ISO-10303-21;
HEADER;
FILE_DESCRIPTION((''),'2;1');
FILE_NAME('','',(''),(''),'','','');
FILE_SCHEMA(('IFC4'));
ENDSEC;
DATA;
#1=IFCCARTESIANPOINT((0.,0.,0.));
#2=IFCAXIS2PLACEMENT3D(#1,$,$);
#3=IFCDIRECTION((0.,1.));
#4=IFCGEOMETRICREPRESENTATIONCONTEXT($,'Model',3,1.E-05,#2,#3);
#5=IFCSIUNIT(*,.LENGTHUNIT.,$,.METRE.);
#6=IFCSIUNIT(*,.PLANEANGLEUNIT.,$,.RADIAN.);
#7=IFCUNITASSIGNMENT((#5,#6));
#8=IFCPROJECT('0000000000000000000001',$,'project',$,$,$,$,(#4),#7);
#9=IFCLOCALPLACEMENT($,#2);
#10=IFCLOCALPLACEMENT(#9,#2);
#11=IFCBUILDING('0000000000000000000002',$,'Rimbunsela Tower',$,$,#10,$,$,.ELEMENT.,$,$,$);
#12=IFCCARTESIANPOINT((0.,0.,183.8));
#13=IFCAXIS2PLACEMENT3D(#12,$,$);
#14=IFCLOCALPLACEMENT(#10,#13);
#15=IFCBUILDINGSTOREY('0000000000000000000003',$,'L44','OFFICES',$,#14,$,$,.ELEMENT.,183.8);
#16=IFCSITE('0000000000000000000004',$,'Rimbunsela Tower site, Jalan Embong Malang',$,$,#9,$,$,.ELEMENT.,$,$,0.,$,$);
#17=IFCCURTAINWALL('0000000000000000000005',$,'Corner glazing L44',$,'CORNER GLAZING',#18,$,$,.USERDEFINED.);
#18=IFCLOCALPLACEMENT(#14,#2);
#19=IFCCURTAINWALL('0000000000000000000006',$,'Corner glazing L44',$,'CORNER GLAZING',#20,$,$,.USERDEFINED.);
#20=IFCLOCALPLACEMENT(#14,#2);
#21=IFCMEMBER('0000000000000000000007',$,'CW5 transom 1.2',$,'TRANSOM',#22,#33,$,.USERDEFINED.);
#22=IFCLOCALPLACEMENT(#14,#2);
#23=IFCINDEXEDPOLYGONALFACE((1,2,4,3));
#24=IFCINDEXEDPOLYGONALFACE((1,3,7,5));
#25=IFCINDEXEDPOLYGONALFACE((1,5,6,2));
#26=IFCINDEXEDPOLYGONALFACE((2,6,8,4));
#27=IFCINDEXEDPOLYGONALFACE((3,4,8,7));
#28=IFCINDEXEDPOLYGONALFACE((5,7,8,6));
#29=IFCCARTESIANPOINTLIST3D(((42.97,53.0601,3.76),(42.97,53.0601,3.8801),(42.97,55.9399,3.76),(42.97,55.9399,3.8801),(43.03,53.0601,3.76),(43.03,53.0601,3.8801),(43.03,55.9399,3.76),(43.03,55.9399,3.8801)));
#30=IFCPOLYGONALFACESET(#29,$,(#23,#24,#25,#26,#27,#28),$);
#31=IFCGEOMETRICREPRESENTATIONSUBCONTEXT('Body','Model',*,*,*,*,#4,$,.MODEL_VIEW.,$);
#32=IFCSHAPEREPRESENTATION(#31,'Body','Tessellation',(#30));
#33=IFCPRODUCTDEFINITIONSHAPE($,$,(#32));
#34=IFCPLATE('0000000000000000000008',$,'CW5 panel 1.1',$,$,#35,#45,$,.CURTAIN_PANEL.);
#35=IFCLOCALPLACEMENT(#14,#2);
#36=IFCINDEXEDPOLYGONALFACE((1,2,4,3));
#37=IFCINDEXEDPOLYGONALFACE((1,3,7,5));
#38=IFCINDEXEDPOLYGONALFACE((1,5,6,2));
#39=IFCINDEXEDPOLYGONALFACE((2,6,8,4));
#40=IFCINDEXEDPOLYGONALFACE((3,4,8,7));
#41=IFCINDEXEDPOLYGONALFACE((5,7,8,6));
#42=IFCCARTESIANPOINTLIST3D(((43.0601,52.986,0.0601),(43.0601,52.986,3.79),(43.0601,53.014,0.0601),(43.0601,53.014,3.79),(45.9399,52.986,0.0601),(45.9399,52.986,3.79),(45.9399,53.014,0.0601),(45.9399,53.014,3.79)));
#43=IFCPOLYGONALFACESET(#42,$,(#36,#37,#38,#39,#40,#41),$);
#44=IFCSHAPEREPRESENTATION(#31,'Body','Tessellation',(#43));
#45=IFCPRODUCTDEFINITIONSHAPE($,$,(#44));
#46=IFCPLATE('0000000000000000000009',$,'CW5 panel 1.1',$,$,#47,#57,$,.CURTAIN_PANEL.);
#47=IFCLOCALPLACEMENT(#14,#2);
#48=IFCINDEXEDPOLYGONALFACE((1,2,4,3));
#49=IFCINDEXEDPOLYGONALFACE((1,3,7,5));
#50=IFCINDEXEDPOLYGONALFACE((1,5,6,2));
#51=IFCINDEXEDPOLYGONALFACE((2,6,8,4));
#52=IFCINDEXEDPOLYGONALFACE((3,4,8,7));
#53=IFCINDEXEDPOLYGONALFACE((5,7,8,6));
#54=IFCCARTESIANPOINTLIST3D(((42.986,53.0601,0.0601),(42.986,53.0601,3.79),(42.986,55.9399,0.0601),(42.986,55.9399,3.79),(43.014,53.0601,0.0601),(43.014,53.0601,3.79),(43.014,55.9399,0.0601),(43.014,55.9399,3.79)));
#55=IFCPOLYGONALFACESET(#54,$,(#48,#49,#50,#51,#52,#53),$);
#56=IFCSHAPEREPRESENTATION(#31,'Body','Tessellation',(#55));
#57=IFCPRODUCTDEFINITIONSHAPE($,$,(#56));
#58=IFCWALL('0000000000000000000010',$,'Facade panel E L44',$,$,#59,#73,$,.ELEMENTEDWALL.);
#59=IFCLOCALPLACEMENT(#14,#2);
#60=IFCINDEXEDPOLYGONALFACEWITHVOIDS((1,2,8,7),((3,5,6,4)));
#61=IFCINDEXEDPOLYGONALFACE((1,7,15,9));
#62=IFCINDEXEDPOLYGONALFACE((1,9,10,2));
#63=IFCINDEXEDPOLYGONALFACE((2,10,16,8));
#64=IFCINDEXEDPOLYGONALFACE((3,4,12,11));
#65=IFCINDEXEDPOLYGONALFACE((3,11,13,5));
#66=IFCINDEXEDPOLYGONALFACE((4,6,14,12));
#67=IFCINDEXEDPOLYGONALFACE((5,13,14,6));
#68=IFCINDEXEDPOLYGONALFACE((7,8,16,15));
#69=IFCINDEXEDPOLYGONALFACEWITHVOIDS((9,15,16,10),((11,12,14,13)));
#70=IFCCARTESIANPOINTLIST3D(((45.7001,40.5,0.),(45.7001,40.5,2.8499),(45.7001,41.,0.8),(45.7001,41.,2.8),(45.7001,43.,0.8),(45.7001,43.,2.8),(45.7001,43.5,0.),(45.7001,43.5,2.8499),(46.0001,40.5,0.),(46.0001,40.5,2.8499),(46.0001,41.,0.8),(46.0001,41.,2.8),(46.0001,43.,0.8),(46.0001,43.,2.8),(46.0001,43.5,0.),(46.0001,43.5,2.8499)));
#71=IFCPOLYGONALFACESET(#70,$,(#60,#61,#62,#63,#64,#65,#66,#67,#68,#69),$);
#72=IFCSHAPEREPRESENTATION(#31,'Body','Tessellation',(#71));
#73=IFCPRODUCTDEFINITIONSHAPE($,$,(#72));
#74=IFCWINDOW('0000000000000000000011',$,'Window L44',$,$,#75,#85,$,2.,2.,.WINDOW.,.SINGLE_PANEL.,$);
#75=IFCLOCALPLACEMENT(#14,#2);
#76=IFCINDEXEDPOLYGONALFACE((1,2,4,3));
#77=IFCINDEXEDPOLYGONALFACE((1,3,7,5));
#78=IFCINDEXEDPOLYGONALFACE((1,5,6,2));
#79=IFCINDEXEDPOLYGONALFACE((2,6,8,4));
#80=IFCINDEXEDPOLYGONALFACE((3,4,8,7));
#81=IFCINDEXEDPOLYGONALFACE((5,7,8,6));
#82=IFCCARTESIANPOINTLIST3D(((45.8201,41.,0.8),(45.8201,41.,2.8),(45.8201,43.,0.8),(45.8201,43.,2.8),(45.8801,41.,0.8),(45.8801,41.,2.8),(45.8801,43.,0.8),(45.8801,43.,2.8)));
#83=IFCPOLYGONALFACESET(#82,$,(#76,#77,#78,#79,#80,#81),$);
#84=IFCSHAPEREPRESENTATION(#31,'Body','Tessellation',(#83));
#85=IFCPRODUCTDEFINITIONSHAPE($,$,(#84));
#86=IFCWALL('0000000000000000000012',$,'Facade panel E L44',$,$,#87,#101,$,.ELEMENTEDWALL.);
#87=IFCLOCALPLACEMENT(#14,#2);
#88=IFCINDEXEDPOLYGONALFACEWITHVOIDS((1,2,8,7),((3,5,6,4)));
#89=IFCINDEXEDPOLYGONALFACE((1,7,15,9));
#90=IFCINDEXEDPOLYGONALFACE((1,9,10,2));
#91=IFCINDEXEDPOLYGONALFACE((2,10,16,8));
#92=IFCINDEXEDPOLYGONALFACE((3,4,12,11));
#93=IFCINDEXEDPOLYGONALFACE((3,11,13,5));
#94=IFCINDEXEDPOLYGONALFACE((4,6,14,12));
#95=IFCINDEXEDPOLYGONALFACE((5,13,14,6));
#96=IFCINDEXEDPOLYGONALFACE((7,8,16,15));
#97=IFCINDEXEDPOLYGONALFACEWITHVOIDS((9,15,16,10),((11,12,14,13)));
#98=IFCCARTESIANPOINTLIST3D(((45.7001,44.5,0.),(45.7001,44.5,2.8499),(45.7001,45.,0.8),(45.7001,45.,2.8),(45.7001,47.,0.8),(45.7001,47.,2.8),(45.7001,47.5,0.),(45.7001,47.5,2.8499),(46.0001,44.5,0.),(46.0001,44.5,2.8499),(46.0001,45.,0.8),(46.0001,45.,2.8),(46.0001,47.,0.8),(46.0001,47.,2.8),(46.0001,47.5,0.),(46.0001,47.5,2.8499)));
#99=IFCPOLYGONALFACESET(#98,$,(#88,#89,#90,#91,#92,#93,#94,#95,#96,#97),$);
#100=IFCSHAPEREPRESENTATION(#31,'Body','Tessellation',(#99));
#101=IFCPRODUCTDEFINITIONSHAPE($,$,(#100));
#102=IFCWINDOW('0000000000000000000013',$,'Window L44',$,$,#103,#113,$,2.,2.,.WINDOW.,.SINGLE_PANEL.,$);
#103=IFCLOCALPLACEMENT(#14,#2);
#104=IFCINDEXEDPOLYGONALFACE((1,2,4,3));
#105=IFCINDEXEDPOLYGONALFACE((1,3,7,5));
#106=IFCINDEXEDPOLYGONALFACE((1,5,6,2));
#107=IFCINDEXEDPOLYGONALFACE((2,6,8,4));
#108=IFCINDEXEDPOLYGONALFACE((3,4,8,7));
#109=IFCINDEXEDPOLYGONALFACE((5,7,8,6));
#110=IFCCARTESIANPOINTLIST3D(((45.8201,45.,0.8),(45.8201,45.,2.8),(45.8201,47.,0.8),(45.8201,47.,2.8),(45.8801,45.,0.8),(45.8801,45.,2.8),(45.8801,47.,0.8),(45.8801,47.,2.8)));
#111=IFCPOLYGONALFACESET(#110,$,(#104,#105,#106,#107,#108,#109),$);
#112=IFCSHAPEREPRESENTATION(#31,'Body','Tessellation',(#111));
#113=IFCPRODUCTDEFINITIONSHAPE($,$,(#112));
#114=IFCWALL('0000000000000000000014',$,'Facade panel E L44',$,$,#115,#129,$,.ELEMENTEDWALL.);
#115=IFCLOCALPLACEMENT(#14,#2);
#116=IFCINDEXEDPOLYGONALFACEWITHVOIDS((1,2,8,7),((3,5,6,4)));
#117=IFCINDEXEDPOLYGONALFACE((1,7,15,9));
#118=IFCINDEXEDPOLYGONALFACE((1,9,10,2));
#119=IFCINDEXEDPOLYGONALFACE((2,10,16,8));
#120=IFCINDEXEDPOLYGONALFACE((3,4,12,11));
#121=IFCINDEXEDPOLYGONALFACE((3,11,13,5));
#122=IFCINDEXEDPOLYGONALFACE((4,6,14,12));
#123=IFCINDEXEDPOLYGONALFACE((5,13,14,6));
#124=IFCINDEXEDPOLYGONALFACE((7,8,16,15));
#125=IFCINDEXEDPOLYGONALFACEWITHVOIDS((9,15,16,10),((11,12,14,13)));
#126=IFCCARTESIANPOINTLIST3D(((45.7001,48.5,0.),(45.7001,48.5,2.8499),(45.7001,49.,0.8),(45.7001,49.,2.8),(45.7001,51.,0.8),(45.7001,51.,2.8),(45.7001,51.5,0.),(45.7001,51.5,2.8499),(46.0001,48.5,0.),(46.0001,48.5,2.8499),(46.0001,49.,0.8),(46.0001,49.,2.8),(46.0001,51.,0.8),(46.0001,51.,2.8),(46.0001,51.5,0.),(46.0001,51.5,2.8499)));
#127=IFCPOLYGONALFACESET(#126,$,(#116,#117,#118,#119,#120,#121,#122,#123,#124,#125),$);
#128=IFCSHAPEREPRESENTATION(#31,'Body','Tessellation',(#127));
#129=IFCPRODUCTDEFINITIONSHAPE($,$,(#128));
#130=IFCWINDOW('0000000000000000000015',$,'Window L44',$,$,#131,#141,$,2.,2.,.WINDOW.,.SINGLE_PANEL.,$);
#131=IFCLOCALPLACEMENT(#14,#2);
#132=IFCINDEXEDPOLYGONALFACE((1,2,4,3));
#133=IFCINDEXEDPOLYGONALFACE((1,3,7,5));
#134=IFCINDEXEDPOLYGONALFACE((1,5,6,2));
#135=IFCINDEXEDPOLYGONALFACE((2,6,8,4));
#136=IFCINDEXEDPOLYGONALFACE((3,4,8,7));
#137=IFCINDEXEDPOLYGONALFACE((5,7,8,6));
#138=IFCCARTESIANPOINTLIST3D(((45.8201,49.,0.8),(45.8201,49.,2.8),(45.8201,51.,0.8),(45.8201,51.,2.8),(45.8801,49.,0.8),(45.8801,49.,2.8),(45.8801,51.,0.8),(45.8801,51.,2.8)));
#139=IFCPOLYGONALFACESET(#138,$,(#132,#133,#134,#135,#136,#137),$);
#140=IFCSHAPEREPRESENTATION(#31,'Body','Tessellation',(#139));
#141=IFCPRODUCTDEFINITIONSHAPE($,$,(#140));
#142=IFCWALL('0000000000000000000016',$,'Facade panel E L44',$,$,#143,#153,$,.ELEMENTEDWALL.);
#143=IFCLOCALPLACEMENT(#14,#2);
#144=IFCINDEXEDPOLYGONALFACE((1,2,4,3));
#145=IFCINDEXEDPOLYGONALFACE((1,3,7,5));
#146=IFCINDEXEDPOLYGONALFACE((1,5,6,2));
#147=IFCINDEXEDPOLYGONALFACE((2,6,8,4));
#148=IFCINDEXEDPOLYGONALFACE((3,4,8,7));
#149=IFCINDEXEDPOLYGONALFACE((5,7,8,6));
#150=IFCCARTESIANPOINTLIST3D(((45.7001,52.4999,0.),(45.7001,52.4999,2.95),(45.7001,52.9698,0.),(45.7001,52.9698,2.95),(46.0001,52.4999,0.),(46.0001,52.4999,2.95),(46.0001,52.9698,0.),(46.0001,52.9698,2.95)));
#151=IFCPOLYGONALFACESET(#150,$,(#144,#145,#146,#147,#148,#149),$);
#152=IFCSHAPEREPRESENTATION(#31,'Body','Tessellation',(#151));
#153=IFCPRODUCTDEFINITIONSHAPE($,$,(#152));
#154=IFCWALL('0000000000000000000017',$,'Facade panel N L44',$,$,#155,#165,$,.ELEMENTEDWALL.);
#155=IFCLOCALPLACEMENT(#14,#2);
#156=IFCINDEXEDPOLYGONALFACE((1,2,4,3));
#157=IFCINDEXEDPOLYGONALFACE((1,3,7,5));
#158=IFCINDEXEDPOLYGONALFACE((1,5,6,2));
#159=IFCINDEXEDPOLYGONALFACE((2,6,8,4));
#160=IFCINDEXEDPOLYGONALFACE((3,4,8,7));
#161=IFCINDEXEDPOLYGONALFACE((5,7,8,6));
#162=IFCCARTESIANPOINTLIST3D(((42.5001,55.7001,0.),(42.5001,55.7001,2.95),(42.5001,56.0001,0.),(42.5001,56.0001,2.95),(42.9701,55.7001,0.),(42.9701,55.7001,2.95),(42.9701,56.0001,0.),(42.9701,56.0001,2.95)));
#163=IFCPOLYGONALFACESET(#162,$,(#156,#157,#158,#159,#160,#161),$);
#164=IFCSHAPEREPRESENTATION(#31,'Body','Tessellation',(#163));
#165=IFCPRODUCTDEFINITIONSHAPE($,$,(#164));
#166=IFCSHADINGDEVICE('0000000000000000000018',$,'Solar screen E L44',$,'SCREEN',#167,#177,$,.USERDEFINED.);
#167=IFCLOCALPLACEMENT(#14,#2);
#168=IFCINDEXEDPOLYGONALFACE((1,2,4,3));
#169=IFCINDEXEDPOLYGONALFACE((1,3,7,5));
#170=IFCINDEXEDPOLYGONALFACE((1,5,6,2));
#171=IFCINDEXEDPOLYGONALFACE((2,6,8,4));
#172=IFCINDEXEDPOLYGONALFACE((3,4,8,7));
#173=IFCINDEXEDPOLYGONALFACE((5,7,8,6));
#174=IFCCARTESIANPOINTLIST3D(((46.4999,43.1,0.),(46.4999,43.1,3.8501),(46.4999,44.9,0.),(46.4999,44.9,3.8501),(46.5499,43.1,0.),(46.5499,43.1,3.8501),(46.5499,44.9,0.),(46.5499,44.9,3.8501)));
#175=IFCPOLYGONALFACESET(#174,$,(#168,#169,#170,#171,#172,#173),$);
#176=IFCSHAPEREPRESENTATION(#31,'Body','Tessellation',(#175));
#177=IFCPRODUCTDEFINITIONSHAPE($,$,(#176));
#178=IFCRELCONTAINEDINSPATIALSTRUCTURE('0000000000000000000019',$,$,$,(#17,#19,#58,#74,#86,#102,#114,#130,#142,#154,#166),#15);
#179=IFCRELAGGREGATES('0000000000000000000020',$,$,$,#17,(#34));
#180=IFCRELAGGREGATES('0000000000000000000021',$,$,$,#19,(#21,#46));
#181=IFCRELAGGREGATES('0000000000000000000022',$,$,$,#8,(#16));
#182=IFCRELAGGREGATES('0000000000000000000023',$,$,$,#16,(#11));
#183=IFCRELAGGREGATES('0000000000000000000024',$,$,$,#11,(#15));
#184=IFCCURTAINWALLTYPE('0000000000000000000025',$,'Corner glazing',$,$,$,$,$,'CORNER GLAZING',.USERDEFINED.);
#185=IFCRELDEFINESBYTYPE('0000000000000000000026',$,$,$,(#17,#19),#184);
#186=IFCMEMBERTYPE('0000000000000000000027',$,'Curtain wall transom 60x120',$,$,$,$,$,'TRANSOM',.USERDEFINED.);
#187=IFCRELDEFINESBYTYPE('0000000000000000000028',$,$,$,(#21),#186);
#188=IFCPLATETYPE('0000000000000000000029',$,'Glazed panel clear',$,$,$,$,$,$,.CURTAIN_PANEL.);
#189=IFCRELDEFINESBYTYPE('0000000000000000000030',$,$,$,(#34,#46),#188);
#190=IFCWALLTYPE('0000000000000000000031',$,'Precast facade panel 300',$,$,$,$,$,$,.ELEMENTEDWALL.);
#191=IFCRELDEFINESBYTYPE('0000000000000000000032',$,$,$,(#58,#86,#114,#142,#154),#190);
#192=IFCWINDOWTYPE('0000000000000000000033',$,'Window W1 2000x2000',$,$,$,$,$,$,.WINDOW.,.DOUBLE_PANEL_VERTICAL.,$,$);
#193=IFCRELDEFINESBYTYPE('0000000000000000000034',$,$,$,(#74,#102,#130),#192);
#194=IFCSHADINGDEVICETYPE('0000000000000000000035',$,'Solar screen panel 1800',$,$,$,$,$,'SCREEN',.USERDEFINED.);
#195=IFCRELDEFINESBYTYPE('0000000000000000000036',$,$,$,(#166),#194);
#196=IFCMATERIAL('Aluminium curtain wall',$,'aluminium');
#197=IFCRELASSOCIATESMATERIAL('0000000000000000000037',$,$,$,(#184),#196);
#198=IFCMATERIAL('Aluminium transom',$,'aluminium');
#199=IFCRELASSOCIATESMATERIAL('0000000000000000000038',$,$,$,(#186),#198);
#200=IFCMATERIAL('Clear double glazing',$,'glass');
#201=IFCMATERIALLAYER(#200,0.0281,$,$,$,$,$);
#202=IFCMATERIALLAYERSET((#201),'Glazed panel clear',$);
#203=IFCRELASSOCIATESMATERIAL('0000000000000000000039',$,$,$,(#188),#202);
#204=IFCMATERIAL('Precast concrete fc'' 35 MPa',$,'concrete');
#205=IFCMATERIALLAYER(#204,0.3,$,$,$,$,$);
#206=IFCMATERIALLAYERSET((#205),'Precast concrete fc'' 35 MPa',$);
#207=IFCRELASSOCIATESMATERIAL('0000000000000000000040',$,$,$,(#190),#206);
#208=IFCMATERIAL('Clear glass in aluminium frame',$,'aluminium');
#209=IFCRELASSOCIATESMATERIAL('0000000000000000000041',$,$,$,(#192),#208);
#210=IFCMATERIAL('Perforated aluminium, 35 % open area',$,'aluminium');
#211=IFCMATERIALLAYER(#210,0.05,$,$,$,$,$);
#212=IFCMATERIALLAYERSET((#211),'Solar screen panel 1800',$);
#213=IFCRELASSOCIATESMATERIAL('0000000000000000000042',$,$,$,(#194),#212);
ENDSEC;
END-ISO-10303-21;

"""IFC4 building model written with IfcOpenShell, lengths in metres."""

from ifc_helpers import new_model, si_unit, direction, frame, frame_2d, origin, origin_2d, place, context, subcontext, project, spatial, rectangle, extrude, material, layer, layer_set, material_profile, profile_set, type_object, element, fill, aggregate, save


model = new_model("IFC4")

# Units and contexts
model_context = context("Model", 3, precision=1e-05, world=origin(), true_north=direction((0.0, 1.0)))
body_context = subcontext(model_context, "Body", "Model", "MODEL_VIEW")
ifc_project = project(units=[si_unit("LENGTHUNIT", "METRE"), si_unit("PLANEANGLEUNIT", "RADIAN")], contexts=[model_context])

# Site, building, storey
site_placement = place(None, origin())
site = spatial("IfcSite", under=ifc_project, at=site_placement, Name="Rimbunsela Tower site, Jalan Embong Malang", CompositionType="ELEMENT", RefElevation=0.0)
building_placement = place(site_placement, origin())
building = spatial("IfcBuilding", under=site, at=building_placement, Name="Rimbunsela Tower", CompositionType="ELEMENT")
storey_placement = place(building_placement, frame((0.0, 0.0, 183.8)))
storey = spatial("IfcBuildingStorey", under=building, at=storey_placement, Name="L44", Description="OFFICES", CompositionType="ELEMENT", Elevation=183.8)

# Curtain walls
ifc_material_1 = material(Name="Aluminium curtain wall", Category="aluminium")
curtain_wall_type = type_object("IfcCurtainWallType", Name="Corner glazing", ElementType="CORNER GLAZING", PredefinedType="USERDEFINED", material=ifc_material_1)
curtain_wall_1_placement = place(storey_placement, origin())
curtain_wall_1 = element("IfcCurtainWall", 1, at=curtain_wall_1_placement, inside=storey, type_object=curtain_wall_type, Name="Corner glazing L44", ObjectType="CORNER GLAZING", PredefinedType="USERDEFINED")
curtain_wall_2_placement = place(storey_placement, origin())
curtain_wall_2 = element("IfcCurtainWall", 2, at=curtain_wall_2_placement, inside=storey, type_object=curtain_wall_type, Name="Corner glazing L44", ObjectType="CORNER GLAZING", PredefinedType="USERDEFINED")

# Member
ifc_material_2 = material(Name="Aluminium transom", Category="aluminium")
ifc_material_profile_1 = material_profile(ifc_material_2, rectangle(XDim=0.0601, YDim=0.1201, at=origin_2d()), Name="Transom 60x120")
ifc_profile_set_1 = profile_set([ifc_material_profile_1], Name="Aluminium transom")
member_type_1 = type_object("IfcMemberType", Name="Curtain wall transom 60x120", ElementType="TRANSOM", PredefinedType="USERDEFINED", material=ifc_profile_set_1)
member_1_placement = place(storey_placement, frame((43.0, 53.0601, 3.8201), z_axis=(0.0, 1.0, 0.0), x_axis=(-1.0, 0.0, 0.0)))
member_1 = element("IfcMember", 3, at=member_1_placement, type_object=member_type_1, Name="CW5 transom 1.2", ObjectType="TRANSOM", PredefinedType="USERDEFINED", context=body_context, shape_type="SweptSolid", body=[
    extrude(rectangle(XDim=0.0601, YDim=0.1201, at=origin_2d()), origin(), (0.0, 0.0, 1.0), 2.8799),
])

# Plates
ifc_material_3 = material(Name="Clear double glazing", Category="glass")
ifc_layer_1 = layer(ifc_material_3, 0.0281)
ifc_layer_set_1 = layer_set([ifc_layer_1], Name="Glazed panel clear")
plate_type = type_object("IfcPlateType", Name="Glazed panel clear", PredefinedType="CURTAIN_PANEL", material=ifc_layer_set_1)
plate_1_placement = place(storey_placement, frame((44.5, 53.0, 0.0601), z_axis=(0.0, 0.0, 1.0), x_axis=(-1.0, 0.0, 0.0)))
plate_1 = element("IfcPlate", 4, at=plate_1_placement, type_object=plate_type, Name="CW5 panel 1.1", PredefinedType="CURTAIN_PANEL", context=body_context, shape_type="SweptSolid", body=[
    extrude(rectangle(XDim=2.8799, YDim=0.0281, at=origin_2d()), origin(), (0.0, 0.0, 1.0), 3.73),
])
aggregate(curtain_wall_1, [plate_1])
plate_2_placement = place(storey_placement, frame((43.0, 54.5, 0.0601), z_axis=(0.0, 0.0, 1.0), x_axis=(0.0, 1.0, 0.0)))
plate_2 = element("IfcPlate", 5, at=plate_2_placement, type_object=plate_type, Name="CW5 panel 1.1", PredefinedType="CURTAIN_PANEL", context=body_context, shape_type="SweptSolid", body=[
    extrude(rectangle(XDim=2.8799, YDim=0.0281, at=origin_2d()), origin(), (0.0, 0.0, 1.0), 3.73),
])
aggregate(curtain_wall_2, [member_1, plate_2])

# Walls, openings, windows
ifc_material_4 = material(Name="Precast concrete fc' 35 MPa", Category="concrete")
ifc_layer_2 = layer(ifc_material_4, 0.3)
ifc_layer_set_2 = layer_set([ifc_layer_2], Name="Precast concrete fc' 35 MPa")
wall_type = type_object("IfcWallType", Name="Precast facade panel 300", PredefinedType="ELEMENTEDWALL", material=ifc_layer_set_2)
wall_1_placement = place(storey_placement, frame((45.8501, 40.5, 0.0), z_axis=(0.0, 0.0, 1.0), x_axis=(0.0, 1.0, 0.0)))
wall_1 = element("IfcWall", 6, at=wall_1_placement, inside=storey, type_object=wall_type, Name="Facade panel E L44", PredefinedType="ELEMENTEDWALL", context=body_context, shape_type="SweptSolid", body=[
    extrude(rectangle(XDim=3.0, YDim=0.3, at=frame_2d((1.5, 0.0))), origin(), (0.0, 0.0, 1.0), 2.8499),
])
opening_1_placement = place(wall_1_placement, frame((0.5, 0.0, 0.8)))
opening_1 = element("IfcOpeningElement", 7, at=opening_1_placement, cuts=wall_1, PredefinedType="OPENING", context=body_context, shape_type="SweptSolid", body=[
    extrude(rectangle(XDim=2.0, YDim=2.0, at=frame_2d((1.0, 1.0))), frame((0.0, 0.1599, 0.0), z_axis=(0.0, -1.0, 0.0), x_axis=(1.0, 0.0, 0.0)), (0.0, 0.0, 1.0), 0.3201),
])
ifc_material_5 = material(Name="Clear glass in aluminium frame", Category="aluminium")
window_type = type_object("IfcWindowType", Name="Window W1 2000x2000", PartitioningType="DOUBLE_PANEL_VERTICAL", PredefinedType="WINDOW", material=ifc_material_5)
window_1_placement = place(opening_1_placement, origin())
window_1 = element("IfcWindow", 8, at=window_1_placement, inside=storey, type_object=window_type, Name="Window L44", OverallHeight=2.0, OverallWidth=2.0, PartitioningType="SINGLE_PANEL", PredefinedType="WINDOW", context=body_context, shape_type="SweptSolid", body=[
    extrude(rectangle(XDim=2.0, YDim=2.0, at=frame_2d((1.0, 1.0))), frame((0.0, 0.03, 0.0), z_axis=(0.0, -1.0, 0.0), x_axis=(1.0, 0.0, 0.0)), (0.0, 0.0, 1.0), 0.0601),
])
fill(opening_1, window_1)
wall_2_placement = place(storey_placement, frame((45.8501, 44.5, 0.0), z_axis=(0.0, 0.0, 1.0), x_axis=(0.0, 1.0, 0.0)))
wall_2 = element("IfcWall", 9, at=wall_2_placement, inside=storey, type_object=wall_type, Name="Facade panel E L44", PredefinedType="ELEMENTEDWALL", context=body_context, shape_type="SweptSolid", body=[
    extrude(rectangle(XDim=3.0, YDim=0.3, at=frame_2d((1.5, 0.0))), origin(), (0.0, 0.0, 1.0), 2.8499),
])
opening_2_placement = place(wall_2_placement, frame((0.5, 0.0, 0.8)))
opening_2 = element("IfcOpeningElement", 10, at=opening_2_placement, cuts=wall_2, PredefinedType="OPENING", context=body_context, shape_type="SweptSolid", body=[
    extrude(rectangle(XDim=2.0, YDim=2.0, at=frame_2d((1.0, 1.0))), frame((0.0, 0.1599, 0.0), z_axis=(0.0, -1.0, 0.0), x_axis=(1.0, 0.0, 0.0)), (0.0, 0.0, 1.0), 0.3201),
])
window_2_placement = place(opening_2_placement, origin())
window_2 = element("IfcWindow", 11, at=window_2_placement, inside=storey, type_object=window_type, Name="Window L44", OverallHeight=2.0, OverallWidth=2.0, PartitioningType="SINGLE_PANEL", PredefinedType="WINDOW", context=body_context, shape_type="SweptSolid", body=[
    extrude(rectangle(XDim=2.0, YDim=2.0, at=frame_2d((1.0, 1.0))), frame((0.0, 0.03, 0.0), z_axis=(0.0, -1.0, 0.0), x_axis=(1.0, 0.0, 0.0)), (0.0, 0.0, 1.0), 0.0601),
])
fill(opening_2, window_2)
wall_3_placement = place(storey_placement, frame((45.8501, 48.5, 0.0), z_axis=(0.0, 0.0, 1.0), x_axis=(0.0, 1.0, 0.0)))
wall_3 = element("IfcWall", 12, at=wall_3_placement, inside=storey, type_object=wall_type, Name="Facade panel E L44", PredefinedType="ELEMENTEDWALL", context=body_context, shape_type="SweptSolid", body=[
    extrude(rectangle(XDim=3.0, YDim=0.3, at=frame_2d((1.5, 0.0))), origin(), (0.0, 0.0, 1.0), 2.8499),
])
opening_3_placement = place(wall_3_placement, frame((0.5, 0.0, 0.8)))
opening_3 = element("IfcOpeningElement", 13, at=opening_3_placement, cuts=wall_3, PredefinedType="OPENING", context=body_context, shape_type="SweptSolid", body=[
    extrude(rectangle(XDim=2.0, YDim=2.0, at=frame_2d((1.0, 1.0))), frame((0.0, 0.1599, 0.0), z_axis=(0.0, -1.0, 0.0), x_axis=(1.0, 0.0, 0.0)), (0.0, 0.0, 1.0), 0.3201),
])
window_3_placement = place(opening_3_placement, origin())
window_3 = element("IfcWindow", 14, at=window_3_placement, inside=storey, type_object=window_type, Name="Window L44", OverallHeight=2.0, OverallWidth=2.0, PartitioningType="SINGLE_PANEL", PredefinedType="WINDOW", context=body_context, shape_type="SweptSolid", body=[
    extrude(rectangle(XDim=2.0, YDim=2.0, at=frame_2d((1.0, 1.0))), frame((0.0, 0.03, 0.0), z_axis=(0.0, -1.0, 0.0), x_axis=(1.0, 0.0, 0.0)), (0.0, 0.0, 1.0), 0.0601),
])
fill(opening_3, window_3)

# Walls
for number, where, z_axis, x_axis, name in (
    (15, (45.8501, 52.5, 0.0), (0.0, 0.0, 1.0), (0.0, 1.0, 0.0), "Facade panel E L44"),
    (16, (42.97, 55.8501, 0.0), (0.0, 0.0, 1.0), (-1.0, 0.0, 0.0), "Facade panel N L44"),
):
    element("IfcWall", number, at=place(storey_placement, frame(where, z_axis=z_axis, x_axis=x_axis)), inside=storey, type_object=wall_type, Name=name, PredefinedType="ELEMENTEDWALL", context=body_context, shape_type="SweptSolid", body=[
        extrude(rectangle(XDim=0.47, YDim=0.3, at=frame_2d((0.2349, 0.0))), origin(), (0.0, 0.0, 1.0), 2.95),
    ])

# Shading device
ifc_material_6 = material(Name="Perforated aluminium, 35 % open area", Category="aluminium")
ifc_layer_3 = layer(ifc_material_6, 0.05)
ifc_layer_set_3 = layer_set([ifc_layer_3], Name="Solar screen panel 1800")
shading_device_type = type_object("IfcShadingDeviceType", Name="Solar screen panel 1800", ElementType="SCREEN", PredefinedType="USERDEFINED", material=ifc_layer_set_3)
for number, where, z_axis, x_axis, name in (
    (17, (46.5249, 44.0, 0.0), (0.0, 0.0, 1.0), (0.0, 1.0, 0.0), "Solar screen E L44"),
):
    element("IfcShadingDevice", number, at=place(storey_placement, frame(where, z_axis=z_axis, x_axis=x_axis)), inside=storey, type_object=shading_device_type, Name=name, ObjectType="SCREEN", PredefinedType="USERDEFINED", context=body_context, shape_type="SweptSolid", body=[
        extrude(rectangle(XDim=1.8, YDim=0.05, at=origin_2d()), origin(), (0.0, 0.0, 1.0), 3.8501),
    ])

save(model, "model.ifc")
